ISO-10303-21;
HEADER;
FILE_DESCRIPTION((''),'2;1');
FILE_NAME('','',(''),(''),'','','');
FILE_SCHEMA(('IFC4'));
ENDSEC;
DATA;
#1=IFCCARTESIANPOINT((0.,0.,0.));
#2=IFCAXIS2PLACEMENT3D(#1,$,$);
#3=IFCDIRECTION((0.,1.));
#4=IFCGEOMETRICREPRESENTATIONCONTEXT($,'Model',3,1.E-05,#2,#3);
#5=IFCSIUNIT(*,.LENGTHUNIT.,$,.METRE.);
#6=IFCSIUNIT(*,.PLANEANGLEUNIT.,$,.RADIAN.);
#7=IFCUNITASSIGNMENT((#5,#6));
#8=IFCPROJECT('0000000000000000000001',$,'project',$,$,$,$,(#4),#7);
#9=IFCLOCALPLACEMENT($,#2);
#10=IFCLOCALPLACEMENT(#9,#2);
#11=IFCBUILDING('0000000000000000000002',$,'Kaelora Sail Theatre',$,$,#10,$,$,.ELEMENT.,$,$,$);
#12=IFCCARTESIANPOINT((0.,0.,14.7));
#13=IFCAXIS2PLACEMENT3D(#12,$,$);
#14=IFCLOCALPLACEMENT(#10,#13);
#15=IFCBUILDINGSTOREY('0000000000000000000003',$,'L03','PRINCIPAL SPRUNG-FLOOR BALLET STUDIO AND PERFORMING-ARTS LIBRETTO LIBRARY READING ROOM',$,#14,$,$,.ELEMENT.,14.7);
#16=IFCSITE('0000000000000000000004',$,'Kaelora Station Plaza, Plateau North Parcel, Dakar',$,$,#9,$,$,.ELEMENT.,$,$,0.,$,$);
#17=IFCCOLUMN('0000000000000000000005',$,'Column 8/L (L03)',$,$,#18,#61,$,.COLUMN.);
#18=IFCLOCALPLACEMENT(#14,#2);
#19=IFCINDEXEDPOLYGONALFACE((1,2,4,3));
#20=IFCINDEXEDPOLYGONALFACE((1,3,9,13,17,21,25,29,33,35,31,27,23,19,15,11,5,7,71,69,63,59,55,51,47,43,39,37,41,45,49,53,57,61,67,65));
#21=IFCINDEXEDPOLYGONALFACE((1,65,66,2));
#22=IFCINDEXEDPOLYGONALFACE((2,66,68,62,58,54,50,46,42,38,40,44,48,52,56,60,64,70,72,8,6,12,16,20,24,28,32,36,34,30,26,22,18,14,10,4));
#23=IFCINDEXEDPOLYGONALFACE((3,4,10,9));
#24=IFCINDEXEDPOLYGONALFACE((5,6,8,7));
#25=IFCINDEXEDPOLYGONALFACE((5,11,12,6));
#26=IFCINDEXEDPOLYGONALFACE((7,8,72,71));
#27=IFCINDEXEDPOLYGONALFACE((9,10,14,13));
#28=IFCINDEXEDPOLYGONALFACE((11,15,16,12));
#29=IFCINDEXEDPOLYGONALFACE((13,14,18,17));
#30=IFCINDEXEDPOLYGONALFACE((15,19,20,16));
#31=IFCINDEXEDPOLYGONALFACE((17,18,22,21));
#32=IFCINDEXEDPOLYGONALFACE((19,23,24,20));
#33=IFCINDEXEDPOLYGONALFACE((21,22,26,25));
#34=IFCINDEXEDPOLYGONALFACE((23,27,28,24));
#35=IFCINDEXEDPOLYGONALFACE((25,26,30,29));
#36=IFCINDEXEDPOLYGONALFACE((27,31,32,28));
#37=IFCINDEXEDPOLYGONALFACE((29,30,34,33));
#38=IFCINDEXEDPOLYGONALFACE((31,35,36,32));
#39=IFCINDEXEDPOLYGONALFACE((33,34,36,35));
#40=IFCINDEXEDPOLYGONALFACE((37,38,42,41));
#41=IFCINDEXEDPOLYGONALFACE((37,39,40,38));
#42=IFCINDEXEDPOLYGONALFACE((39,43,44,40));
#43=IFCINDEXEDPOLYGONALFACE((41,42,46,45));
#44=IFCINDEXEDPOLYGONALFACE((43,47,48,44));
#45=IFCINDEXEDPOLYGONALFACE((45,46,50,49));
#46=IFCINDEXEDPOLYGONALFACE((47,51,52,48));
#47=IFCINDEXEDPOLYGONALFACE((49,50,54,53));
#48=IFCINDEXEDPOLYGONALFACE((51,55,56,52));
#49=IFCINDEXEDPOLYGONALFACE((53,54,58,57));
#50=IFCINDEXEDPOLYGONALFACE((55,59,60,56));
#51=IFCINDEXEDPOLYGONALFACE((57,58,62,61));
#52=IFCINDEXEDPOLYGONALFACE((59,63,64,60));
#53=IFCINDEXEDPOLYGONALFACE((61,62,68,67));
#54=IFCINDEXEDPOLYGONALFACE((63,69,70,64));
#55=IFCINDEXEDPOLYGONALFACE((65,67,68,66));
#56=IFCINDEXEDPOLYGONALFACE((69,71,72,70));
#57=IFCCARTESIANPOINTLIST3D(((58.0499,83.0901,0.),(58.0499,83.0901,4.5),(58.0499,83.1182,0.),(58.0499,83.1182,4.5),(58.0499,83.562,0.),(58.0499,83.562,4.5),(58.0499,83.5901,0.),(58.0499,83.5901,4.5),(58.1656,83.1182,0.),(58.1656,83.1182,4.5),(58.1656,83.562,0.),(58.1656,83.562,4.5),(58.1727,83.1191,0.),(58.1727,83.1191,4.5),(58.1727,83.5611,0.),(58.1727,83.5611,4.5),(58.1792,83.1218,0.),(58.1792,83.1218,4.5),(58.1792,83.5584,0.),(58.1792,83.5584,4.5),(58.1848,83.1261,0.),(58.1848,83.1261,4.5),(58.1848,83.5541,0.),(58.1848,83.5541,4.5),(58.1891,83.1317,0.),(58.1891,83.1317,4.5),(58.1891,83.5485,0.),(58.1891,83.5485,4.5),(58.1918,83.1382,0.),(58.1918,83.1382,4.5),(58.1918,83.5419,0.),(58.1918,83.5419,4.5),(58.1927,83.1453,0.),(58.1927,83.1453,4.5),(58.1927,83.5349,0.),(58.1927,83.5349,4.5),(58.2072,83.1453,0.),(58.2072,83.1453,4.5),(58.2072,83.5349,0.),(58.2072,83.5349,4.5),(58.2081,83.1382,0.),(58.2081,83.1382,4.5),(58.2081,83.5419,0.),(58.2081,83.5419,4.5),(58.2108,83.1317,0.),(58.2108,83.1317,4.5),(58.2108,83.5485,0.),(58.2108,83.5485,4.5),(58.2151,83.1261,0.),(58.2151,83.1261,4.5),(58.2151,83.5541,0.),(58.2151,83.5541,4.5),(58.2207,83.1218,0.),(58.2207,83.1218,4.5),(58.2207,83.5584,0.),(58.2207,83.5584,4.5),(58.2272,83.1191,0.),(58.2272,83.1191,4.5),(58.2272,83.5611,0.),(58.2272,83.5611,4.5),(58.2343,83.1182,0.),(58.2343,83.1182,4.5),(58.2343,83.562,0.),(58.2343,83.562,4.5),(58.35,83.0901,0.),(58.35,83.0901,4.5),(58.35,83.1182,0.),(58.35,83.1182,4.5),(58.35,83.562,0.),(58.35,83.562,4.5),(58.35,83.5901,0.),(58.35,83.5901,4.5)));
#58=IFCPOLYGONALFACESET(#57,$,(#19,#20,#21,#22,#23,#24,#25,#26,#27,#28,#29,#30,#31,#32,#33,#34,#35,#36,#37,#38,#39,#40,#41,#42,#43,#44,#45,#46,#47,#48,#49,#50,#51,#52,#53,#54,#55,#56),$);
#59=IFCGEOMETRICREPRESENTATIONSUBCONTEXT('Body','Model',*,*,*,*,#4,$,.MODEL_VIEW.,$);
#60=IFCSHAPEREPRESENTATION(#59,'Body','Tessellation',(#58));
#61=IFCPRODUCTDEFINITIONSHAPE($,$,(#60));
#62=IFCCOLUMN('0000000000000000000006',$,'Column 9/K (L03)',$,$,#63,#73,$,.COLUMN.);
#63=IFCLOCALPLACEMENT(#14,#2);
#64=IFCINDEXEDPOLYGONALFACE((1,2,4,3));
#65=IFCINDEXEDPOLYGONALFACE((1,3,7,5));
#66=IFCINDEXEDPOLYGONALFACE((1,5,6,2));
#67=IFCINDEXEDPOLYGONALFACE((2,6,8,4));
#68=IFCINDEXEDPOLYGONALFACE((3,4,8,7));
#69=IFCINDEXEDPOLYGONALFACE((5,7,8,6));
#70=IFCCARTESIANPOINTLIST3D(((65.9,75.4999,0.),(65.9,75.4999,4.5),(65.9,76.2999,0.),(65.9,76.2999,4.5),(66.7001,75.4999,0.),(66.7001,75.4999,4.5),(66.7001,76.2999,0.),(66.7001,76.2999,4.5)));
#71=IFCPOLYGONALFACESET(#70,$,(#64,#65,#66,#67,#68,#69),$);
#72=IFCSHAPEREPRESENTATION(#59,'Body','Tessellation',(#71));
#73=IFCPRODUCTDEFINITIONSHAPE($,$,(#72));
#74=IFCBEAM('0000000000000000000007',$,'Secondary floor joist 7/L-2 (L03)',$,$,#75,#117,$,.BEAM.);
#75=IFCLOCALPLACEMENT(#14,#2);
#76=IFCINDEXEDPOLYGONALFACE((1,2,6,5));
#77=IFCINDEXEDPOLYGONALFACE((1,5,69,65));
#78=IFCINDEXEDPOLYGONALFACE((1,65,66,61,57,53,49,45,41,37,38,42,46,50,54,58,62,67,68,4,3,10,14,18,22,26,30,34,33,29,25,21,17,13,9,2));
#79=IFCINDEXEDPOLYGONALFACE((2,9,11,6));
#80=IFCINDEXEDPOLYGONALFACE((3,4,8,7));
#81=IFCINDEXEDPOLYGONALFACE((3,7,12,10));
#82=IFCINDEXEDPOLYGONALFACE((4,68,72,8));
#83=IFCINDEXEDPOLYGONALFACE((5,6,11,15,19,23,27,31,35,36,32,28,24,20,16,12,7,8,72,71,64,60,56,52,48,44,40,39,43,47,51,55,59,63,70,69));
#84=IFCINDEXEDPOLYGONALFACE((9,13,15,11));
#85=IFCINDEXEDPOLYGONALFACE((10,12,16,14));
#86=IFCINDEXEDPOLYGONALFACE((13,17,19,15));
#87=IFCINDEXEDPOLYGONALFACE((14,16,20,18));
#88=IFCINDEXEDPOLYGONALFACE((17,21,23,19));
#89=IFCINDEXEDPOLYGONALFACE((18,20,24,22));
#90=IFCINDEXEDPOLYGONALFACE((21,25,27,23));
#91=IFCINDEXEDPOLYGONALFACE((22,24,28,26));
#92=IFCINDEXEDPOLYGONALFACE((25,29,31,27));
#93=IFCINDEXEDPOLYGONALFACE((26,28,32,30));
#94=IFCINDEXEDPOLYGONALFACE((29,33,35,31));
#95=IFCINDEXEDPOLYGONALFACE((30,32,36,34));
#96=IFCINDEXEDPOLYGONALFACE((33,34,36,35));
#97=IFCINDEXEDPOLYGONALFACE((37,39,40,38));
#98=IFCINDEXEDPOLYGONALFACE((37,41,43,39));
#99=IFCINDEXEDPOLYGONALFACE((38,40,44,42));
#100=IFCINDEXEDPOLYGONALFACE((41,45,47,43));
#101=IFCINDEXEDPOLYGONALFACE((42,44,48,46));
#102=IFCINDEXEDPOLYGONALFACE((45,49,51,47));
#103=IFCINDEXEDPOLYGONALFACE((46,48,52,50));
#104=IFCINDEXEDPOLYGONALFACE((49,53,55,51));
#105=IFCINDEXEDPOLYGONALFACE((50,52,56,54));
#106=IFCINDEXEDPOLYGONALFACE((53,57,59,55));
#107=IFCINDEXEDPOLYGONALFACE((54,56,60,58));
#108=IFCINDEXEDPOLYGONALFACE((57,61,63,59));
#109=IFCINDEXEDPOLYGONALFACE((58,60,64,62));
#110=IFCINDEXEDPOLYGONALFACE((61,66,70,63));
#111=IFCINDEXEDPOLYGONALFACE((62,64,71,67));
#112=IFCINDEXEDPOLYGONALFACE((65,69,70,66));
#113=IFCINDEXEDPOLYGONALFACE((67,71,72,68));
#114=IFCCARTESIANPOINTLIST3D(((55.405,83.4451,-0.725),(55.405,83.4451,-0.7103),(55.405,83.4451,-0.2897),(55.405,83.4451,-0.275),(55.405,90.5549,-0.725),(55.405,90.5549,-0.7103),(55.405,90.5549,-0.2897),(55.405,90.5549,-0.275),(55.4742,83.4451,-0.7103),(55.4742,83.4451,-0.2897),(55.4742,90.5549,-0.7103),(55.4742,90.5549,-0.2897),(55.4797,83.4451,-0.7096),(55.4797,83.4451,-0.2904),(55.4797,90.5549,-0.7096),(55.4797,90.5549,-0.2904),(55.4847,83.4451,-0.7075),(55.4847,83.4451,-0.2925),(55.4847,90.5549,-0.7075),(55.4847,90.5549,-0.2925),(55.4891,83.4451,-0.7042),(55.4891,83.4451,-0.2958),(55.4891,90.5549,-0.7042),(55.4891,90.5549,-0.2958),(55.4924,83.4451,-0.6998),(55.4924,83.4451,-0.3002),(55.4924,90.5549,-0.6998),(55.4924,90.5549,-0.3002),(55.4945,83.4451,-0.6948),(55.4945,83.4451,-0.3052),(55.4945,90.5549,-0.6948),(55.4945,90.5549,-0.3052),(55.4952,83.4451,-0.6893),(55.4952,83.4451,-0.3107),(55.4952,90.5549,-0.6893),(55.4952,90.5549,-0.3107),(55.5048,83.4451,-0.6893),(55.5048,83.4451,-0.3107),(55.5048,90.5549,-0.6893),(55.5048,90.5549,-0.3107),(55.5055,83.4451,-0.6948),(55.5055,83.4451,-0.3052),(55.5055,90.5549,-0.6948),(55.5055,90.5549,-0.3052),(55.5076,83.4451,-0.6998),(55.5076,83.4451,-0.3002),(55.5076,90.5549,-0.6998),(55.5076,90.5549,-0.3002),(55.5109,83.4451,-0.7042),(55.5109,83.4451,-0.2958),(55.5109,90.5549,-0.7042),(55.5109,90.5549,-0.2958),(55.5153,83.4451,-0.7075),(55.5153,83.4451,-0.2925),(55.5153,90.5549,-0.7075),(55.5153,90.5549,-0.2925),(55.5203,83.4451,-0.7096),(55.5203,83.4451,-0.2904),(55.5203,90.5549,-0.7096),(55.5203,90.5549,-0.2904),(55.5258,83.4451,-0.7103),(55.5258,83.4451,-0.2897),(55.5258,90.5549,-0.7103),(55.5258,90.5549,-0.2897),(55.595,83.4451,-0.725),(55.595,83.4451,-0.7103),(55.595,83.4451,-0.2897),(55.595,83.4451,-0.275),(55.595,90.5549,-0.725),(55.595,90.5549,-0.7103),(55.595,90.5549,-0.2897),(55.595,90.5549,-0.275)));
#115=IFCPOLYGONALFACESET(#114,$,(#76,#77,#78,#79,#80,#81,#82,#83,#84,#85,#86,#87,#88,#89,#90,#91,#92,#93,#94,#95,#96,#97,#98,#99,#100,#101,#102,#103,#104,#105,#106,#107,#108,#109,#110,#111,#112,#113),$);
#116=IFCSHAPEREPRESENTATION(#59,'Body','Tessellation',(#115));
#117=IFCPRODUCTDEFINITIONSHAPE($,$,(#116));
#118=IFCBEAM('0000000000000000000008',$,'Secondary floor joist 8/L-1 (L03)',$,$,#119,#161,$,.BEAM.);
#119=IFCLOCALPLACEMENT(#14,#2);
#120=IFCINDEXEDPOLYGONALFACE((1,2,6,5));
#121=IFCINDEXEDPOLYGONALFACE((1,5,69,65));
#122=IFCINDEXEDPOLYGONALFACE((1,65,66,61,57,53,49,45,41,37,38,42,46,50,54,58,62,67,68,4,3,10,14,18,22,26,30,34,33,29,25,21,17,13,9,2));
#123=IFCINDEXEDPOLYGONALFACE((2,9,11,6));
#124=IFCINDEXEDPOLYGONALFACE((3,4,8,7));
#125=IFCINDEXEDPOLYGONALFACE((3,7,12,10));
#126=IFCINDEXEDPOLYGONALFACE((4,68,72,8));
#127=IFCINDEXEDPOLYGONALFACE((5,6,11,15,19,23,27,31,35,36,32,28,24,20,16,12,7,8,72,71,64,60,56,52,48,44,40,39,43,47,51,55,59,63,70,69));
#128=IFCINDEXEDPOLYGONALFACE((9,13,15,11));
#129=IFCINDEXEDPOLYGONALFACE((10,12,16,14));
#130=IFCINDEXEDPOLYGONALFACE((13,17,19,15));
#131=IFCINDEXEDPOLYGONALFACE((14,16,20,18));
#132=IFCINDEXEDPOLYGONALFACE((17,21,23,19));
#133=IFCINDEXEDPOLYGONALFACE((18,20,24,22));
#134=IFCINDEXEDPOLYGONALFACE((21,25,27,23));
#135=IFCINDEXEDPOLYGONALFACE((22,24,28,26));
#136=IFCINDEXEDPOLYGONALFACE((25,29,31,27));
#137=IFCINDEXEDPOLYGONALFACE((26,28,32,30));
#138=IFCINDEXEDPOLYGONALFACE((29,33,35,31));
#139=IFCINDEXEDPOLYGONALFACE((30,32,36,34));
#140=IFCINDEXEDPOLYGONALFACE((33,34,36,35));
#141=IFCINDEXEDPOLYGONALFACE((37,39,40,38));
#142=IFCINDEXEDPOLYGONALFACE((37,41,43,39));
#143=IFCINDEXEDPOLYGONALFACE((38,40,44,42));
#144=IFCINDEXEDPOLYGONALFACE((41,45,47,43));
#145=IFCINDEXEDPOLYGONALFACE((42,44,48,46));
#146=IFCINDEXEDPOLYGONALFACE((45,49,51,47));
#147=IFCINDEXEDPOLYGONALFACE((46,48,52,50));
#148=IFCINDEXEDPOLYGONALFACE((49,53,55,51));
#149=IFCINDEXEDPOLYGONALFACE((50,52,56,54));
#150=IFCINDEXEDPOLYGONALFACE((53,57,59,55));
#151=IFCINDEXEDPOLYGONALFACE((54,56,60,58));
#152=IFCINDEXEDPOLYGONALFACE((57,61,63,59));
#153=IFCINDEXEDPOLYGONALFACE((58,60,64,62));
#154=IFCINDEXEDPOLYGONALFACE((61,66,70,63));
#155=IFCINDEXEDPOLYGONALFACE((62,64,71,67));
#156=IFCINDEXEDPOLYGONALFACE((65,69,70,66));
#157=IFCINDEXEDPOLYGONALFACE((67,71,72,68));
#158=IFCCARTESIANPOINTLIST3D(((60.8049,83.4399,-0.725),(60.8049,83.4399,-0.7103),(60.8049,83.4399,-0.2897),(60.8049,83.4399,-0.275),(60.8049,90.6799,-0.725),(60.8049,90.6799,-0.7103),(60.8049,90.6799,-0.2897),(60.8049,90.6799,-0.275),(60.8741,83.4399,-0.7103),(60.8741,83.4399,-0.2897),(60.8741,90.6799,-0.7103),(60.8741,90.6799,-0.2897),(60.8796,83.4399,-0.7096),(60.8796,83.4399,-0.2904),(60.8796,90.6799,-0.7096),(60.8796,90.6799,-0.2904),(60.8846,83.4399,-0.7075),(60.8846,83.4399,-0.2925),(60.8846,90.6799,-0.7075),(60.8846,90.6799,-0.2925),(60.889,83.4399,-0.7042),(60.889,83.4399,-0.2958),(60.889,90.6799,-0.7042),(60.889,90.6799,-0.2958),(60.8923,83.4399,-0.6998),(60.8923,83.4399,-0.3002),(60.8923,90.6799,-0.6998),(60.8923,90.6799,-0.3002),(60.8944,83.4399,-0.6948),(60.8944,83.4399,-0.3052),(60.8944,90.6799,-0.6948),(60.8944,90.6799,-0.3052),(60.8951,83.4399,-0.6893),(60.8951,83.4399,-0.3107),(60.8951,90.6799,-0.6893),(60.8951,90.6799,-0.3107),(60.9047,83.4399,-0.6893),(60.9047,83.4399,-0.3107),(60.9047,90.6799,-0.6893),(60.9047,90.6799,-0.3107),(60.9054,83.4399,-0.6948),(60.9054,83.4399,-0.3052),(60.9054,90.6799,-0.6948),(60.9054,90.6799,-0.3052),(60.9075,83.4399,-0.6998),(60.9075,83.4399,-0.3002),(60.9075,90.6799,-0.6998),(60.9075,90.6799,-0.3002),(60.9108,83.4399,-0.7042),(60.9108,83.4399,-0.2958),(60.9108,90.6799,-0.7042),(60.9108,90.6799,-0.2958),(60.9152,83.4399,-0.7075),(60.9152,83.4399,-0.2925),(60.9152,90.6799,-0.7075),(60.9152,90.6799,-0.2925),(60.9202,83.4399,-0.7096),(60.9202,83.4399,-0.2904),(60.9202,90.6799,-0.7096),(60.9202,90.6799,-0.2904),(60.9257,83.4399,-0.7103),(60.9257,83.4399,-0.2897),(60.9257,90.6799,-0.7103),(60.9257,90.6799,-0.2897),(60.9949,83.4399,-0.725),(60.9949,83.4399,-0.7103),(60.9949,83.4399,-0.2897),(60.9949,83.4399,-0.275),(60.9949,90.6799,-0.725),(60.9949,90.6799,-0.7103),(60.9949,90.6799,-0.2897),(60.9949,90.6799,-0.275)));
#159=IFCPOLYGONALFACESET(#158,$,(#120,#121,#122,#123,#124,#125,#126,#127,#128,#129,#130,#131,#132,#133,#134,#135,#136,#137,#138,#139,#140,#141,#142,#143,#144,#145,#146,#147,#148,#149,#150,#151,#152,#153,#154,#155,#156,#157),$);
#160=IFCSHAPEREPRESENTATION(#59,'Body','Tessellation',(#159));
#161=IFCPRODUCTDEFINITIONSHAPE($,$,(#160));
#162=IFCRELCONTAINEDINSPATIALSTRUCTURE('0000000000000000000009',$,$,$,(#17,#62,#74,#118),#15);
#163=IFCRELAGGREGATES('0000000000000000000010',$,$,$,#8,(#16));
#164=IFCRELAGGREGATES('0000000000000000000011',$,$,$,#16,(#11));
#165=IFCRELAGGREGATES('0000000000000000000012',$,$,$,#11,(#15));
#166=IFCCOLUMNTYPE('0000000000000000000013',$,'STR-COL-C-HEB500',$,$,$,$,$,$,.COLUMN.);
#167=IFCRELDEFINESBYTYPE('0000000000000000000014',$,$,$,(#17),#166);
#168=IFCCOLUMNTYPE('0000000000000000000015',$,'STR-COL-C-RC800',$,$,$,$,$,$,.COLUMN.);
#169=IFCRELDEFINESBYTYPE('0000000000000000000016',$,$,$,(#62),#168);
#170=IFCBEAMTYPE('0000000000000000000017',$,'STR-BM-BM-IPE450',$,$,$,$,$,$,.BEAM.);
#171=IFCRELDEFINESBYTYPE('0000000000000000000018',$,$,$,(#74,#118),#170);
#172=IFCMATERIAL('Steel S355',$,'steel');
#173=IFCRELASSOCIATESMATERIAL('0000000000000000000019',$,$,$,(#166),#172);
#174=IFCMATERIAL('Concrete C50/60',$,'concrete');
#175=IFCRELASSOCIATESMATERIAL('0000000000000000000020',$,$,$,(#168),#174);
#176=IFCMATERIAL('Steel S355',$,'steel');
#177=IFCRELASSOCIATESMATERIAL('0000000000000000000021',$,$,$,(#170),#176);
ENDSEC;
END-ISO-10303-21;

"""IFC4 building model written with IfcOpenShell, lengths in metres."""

from ifc_helpers import new_model, si_unit, direction, frame, origin, origin_2d, place, context, subcontext, project, spatial, rectangle, i_section, extrude, material, material_profile, profile_set, type_object, element, save


model = new_model("IFC4")

# Units and contexts
model_context = context("Model", 3, precision=1e-05, world=origin(), true_north=direction((0.0, 1.0)))
body_context = subcontext(model_context, "Body", "Model", "MODEL_VIEW")
ifc_project = project(units=[si_unit("LENGTHUNIT", "METRE"), si_unit("PLANEANGLEUNIT", "RADIAN")], contexts=[model_context])

# Site, building, storey
site_placement = place(None, origin())
site = spatial("IfcSite", under=ifc_project, at=site_placement, Name="Kaelora Station Plaza, Plateau North Parcel, Dakar", CompositionType="ELEMENT", RefElevation=0.0)
building_placement = place(site_placement, origin())
building = spatial("IfcBuilding", under=site, at=building_placement, Name="Kaelora Sail Theatre", CompositionType="ELEMENT")
storey_placement = place(building_placement, frame((0.0, 0.0, 14.7)))
storey = spatial("IfcBuildingStorey", under=building, at=storey_placement, Name="L03", Description="PRINCIPAL SPRUNG-FLOOR BALLET STUDIO AND PERFORMING-ARTS LIBRETTO LIBRARY READING ROOM", CompositionType="ELEMENT", Elevation=14.7)

# Columns
ifc_material_1 = material(Name="Steel S355", Category="steel")
ifc_material_profile_1 = material_profile(ifc_material_1, i_section(OverallWidth=0.3, OverallDepth=0.5, WebThickness=0.0144, FlangeThickness=0.0281, FilletRadius=0.0271, at=origin_2d()), Name="HEB 500")
ifc_profile_set_1 = profile_set([ifc_material_profile_1], Name="Steel S355")
column_type_1 = type_object("IfcColumnType", Name="STR-COL-C-HEB500", PredefinedType="COLUMN", material=ifc_profile_set_1)
column_1_placement = place(storey_placement, frame((58.2, 83.3401, 0.0), z_axis=(0.0, 0.0, 1.0), x_axis=(1.0, 0.0, 0.0)))
element("IfcColumn", 1, at=column_1_placement, inside=storey, type_object=column_type_1, Name="Column 8/L (L03)", PredefinedType="COLUMN", context=body_context, shape_type="SweptSolid", body=[
    extrude(i_section(OverallWidth=0.3, OverallDepth=0.5, WebThickness=0.0144, FlangeThickness=0.0281, FilletRadius=0.0271, at=origin_2d()), origin(), (0.0, 0.0, 1.0), 4.5),
])
ifc_material_2 = material(Name="Concrete C50/60", Category="concrete")
ifc_material_profile_2 = material_profile(ifc_material_2, rectangle(XDim=0.8, YDim=0.8, at=origin_2d()), Name="RC-COL 800x800")
ifc_profile_set_2 = profile_set([ifc_material_profile_2], Name="Concrete C50/60")
column_type_2 = type_object("IfcColumnType", Name="STR-COL-C-RC800", PredefinedType="COLUMN", material=ifc_profile_set_2)
column_2_placement = place(storey_placement, frame((66.3, 75.8999, 0.0), z_axis=(0.0, 0.0, 1.0), x_axis=(1.0, 0.0, 0.0)))
element("IfcColumn", 2, at=column_2_placement, inside=storey, type_object=column_type_2, Name="Column 9/K (L03)", PredefinedType="COLUMN", context=body_context, shape_type="SweptSolid", body=[
    extrude(rectangle(XDim=0.8, YDim=0.8, at=origin_2d()), origin(), (0.0, 0.0, 1.0), 4.5),
])

# Beams
ifc_material_3 = material(Name="Steel S355", Category="steel")
ifc_material_profile_3 = material_profile(ifc_material_3, i_section(OverallWidth=0.1899, OverallDepth=0.45, WebThickness=0.0095, FlangeThickness=0.0146, FilletRadius=0.021, at=origin_2d()), Name="IPE 450")
ifc_profile_set_3 = profile_set([ifc_material_profile_3], Name="Steel S355")
beam_type_1 = type_object("IfcBeamType", Name="STR-BM-BM-IPE450", PredefinedType="BEAM", material=ifc_profile_set_3)
beam_1_placement = place(storey_placement, frame((55.5, 83.4451, -0.5), z_axis=(0.0, 1.0, 0.0), x_axis=(-1.0, 0.0, 0.0)))
element("IfcBeam", 3, at=beam_1_placement, inside=storey, type_object=beam_type_1, Name="Secondary floor joist 7/L-2 (L03)", PredefinedType="BEAM", context=body_context, shape_type="SweptSolid", body=[
    extrude(i_section(OverallWidth=0.1899, OverallDepth=0.45, WebThickness=0.0095, FlangeThickness=0.0146, FilletRadius=0.021, at=origin_2d()), origin(), (0.0, 0.0, 1.0), 7.1099),
])
beam_2_placement = place(storey_placement, frame((60.8999, 83.4399, -0.5), z_axis=(0.0, 1.0, 0.0), x_axis=(-1.0, 0.0, 0.0)))
element("IfcBeam", 4, at=beam_2_placement, inside=storey, type_object=beam_type_1, Name="Secondary floor joist 8/L-1 (L03)", PredefinedType="BEAM", context=body_context, shape_type="SweptSolid", body=[
    extrude(i_section(OverallWidth=0.1899, OverallDepth=0.45, WebThickness=0.0095, FlangeThickness=0.0146, FilletRadius=0.021, at=origin_2d()), origin(), (0.0, 0.0, 1.0), 7.24),
])

save(model, "model.ifc")
